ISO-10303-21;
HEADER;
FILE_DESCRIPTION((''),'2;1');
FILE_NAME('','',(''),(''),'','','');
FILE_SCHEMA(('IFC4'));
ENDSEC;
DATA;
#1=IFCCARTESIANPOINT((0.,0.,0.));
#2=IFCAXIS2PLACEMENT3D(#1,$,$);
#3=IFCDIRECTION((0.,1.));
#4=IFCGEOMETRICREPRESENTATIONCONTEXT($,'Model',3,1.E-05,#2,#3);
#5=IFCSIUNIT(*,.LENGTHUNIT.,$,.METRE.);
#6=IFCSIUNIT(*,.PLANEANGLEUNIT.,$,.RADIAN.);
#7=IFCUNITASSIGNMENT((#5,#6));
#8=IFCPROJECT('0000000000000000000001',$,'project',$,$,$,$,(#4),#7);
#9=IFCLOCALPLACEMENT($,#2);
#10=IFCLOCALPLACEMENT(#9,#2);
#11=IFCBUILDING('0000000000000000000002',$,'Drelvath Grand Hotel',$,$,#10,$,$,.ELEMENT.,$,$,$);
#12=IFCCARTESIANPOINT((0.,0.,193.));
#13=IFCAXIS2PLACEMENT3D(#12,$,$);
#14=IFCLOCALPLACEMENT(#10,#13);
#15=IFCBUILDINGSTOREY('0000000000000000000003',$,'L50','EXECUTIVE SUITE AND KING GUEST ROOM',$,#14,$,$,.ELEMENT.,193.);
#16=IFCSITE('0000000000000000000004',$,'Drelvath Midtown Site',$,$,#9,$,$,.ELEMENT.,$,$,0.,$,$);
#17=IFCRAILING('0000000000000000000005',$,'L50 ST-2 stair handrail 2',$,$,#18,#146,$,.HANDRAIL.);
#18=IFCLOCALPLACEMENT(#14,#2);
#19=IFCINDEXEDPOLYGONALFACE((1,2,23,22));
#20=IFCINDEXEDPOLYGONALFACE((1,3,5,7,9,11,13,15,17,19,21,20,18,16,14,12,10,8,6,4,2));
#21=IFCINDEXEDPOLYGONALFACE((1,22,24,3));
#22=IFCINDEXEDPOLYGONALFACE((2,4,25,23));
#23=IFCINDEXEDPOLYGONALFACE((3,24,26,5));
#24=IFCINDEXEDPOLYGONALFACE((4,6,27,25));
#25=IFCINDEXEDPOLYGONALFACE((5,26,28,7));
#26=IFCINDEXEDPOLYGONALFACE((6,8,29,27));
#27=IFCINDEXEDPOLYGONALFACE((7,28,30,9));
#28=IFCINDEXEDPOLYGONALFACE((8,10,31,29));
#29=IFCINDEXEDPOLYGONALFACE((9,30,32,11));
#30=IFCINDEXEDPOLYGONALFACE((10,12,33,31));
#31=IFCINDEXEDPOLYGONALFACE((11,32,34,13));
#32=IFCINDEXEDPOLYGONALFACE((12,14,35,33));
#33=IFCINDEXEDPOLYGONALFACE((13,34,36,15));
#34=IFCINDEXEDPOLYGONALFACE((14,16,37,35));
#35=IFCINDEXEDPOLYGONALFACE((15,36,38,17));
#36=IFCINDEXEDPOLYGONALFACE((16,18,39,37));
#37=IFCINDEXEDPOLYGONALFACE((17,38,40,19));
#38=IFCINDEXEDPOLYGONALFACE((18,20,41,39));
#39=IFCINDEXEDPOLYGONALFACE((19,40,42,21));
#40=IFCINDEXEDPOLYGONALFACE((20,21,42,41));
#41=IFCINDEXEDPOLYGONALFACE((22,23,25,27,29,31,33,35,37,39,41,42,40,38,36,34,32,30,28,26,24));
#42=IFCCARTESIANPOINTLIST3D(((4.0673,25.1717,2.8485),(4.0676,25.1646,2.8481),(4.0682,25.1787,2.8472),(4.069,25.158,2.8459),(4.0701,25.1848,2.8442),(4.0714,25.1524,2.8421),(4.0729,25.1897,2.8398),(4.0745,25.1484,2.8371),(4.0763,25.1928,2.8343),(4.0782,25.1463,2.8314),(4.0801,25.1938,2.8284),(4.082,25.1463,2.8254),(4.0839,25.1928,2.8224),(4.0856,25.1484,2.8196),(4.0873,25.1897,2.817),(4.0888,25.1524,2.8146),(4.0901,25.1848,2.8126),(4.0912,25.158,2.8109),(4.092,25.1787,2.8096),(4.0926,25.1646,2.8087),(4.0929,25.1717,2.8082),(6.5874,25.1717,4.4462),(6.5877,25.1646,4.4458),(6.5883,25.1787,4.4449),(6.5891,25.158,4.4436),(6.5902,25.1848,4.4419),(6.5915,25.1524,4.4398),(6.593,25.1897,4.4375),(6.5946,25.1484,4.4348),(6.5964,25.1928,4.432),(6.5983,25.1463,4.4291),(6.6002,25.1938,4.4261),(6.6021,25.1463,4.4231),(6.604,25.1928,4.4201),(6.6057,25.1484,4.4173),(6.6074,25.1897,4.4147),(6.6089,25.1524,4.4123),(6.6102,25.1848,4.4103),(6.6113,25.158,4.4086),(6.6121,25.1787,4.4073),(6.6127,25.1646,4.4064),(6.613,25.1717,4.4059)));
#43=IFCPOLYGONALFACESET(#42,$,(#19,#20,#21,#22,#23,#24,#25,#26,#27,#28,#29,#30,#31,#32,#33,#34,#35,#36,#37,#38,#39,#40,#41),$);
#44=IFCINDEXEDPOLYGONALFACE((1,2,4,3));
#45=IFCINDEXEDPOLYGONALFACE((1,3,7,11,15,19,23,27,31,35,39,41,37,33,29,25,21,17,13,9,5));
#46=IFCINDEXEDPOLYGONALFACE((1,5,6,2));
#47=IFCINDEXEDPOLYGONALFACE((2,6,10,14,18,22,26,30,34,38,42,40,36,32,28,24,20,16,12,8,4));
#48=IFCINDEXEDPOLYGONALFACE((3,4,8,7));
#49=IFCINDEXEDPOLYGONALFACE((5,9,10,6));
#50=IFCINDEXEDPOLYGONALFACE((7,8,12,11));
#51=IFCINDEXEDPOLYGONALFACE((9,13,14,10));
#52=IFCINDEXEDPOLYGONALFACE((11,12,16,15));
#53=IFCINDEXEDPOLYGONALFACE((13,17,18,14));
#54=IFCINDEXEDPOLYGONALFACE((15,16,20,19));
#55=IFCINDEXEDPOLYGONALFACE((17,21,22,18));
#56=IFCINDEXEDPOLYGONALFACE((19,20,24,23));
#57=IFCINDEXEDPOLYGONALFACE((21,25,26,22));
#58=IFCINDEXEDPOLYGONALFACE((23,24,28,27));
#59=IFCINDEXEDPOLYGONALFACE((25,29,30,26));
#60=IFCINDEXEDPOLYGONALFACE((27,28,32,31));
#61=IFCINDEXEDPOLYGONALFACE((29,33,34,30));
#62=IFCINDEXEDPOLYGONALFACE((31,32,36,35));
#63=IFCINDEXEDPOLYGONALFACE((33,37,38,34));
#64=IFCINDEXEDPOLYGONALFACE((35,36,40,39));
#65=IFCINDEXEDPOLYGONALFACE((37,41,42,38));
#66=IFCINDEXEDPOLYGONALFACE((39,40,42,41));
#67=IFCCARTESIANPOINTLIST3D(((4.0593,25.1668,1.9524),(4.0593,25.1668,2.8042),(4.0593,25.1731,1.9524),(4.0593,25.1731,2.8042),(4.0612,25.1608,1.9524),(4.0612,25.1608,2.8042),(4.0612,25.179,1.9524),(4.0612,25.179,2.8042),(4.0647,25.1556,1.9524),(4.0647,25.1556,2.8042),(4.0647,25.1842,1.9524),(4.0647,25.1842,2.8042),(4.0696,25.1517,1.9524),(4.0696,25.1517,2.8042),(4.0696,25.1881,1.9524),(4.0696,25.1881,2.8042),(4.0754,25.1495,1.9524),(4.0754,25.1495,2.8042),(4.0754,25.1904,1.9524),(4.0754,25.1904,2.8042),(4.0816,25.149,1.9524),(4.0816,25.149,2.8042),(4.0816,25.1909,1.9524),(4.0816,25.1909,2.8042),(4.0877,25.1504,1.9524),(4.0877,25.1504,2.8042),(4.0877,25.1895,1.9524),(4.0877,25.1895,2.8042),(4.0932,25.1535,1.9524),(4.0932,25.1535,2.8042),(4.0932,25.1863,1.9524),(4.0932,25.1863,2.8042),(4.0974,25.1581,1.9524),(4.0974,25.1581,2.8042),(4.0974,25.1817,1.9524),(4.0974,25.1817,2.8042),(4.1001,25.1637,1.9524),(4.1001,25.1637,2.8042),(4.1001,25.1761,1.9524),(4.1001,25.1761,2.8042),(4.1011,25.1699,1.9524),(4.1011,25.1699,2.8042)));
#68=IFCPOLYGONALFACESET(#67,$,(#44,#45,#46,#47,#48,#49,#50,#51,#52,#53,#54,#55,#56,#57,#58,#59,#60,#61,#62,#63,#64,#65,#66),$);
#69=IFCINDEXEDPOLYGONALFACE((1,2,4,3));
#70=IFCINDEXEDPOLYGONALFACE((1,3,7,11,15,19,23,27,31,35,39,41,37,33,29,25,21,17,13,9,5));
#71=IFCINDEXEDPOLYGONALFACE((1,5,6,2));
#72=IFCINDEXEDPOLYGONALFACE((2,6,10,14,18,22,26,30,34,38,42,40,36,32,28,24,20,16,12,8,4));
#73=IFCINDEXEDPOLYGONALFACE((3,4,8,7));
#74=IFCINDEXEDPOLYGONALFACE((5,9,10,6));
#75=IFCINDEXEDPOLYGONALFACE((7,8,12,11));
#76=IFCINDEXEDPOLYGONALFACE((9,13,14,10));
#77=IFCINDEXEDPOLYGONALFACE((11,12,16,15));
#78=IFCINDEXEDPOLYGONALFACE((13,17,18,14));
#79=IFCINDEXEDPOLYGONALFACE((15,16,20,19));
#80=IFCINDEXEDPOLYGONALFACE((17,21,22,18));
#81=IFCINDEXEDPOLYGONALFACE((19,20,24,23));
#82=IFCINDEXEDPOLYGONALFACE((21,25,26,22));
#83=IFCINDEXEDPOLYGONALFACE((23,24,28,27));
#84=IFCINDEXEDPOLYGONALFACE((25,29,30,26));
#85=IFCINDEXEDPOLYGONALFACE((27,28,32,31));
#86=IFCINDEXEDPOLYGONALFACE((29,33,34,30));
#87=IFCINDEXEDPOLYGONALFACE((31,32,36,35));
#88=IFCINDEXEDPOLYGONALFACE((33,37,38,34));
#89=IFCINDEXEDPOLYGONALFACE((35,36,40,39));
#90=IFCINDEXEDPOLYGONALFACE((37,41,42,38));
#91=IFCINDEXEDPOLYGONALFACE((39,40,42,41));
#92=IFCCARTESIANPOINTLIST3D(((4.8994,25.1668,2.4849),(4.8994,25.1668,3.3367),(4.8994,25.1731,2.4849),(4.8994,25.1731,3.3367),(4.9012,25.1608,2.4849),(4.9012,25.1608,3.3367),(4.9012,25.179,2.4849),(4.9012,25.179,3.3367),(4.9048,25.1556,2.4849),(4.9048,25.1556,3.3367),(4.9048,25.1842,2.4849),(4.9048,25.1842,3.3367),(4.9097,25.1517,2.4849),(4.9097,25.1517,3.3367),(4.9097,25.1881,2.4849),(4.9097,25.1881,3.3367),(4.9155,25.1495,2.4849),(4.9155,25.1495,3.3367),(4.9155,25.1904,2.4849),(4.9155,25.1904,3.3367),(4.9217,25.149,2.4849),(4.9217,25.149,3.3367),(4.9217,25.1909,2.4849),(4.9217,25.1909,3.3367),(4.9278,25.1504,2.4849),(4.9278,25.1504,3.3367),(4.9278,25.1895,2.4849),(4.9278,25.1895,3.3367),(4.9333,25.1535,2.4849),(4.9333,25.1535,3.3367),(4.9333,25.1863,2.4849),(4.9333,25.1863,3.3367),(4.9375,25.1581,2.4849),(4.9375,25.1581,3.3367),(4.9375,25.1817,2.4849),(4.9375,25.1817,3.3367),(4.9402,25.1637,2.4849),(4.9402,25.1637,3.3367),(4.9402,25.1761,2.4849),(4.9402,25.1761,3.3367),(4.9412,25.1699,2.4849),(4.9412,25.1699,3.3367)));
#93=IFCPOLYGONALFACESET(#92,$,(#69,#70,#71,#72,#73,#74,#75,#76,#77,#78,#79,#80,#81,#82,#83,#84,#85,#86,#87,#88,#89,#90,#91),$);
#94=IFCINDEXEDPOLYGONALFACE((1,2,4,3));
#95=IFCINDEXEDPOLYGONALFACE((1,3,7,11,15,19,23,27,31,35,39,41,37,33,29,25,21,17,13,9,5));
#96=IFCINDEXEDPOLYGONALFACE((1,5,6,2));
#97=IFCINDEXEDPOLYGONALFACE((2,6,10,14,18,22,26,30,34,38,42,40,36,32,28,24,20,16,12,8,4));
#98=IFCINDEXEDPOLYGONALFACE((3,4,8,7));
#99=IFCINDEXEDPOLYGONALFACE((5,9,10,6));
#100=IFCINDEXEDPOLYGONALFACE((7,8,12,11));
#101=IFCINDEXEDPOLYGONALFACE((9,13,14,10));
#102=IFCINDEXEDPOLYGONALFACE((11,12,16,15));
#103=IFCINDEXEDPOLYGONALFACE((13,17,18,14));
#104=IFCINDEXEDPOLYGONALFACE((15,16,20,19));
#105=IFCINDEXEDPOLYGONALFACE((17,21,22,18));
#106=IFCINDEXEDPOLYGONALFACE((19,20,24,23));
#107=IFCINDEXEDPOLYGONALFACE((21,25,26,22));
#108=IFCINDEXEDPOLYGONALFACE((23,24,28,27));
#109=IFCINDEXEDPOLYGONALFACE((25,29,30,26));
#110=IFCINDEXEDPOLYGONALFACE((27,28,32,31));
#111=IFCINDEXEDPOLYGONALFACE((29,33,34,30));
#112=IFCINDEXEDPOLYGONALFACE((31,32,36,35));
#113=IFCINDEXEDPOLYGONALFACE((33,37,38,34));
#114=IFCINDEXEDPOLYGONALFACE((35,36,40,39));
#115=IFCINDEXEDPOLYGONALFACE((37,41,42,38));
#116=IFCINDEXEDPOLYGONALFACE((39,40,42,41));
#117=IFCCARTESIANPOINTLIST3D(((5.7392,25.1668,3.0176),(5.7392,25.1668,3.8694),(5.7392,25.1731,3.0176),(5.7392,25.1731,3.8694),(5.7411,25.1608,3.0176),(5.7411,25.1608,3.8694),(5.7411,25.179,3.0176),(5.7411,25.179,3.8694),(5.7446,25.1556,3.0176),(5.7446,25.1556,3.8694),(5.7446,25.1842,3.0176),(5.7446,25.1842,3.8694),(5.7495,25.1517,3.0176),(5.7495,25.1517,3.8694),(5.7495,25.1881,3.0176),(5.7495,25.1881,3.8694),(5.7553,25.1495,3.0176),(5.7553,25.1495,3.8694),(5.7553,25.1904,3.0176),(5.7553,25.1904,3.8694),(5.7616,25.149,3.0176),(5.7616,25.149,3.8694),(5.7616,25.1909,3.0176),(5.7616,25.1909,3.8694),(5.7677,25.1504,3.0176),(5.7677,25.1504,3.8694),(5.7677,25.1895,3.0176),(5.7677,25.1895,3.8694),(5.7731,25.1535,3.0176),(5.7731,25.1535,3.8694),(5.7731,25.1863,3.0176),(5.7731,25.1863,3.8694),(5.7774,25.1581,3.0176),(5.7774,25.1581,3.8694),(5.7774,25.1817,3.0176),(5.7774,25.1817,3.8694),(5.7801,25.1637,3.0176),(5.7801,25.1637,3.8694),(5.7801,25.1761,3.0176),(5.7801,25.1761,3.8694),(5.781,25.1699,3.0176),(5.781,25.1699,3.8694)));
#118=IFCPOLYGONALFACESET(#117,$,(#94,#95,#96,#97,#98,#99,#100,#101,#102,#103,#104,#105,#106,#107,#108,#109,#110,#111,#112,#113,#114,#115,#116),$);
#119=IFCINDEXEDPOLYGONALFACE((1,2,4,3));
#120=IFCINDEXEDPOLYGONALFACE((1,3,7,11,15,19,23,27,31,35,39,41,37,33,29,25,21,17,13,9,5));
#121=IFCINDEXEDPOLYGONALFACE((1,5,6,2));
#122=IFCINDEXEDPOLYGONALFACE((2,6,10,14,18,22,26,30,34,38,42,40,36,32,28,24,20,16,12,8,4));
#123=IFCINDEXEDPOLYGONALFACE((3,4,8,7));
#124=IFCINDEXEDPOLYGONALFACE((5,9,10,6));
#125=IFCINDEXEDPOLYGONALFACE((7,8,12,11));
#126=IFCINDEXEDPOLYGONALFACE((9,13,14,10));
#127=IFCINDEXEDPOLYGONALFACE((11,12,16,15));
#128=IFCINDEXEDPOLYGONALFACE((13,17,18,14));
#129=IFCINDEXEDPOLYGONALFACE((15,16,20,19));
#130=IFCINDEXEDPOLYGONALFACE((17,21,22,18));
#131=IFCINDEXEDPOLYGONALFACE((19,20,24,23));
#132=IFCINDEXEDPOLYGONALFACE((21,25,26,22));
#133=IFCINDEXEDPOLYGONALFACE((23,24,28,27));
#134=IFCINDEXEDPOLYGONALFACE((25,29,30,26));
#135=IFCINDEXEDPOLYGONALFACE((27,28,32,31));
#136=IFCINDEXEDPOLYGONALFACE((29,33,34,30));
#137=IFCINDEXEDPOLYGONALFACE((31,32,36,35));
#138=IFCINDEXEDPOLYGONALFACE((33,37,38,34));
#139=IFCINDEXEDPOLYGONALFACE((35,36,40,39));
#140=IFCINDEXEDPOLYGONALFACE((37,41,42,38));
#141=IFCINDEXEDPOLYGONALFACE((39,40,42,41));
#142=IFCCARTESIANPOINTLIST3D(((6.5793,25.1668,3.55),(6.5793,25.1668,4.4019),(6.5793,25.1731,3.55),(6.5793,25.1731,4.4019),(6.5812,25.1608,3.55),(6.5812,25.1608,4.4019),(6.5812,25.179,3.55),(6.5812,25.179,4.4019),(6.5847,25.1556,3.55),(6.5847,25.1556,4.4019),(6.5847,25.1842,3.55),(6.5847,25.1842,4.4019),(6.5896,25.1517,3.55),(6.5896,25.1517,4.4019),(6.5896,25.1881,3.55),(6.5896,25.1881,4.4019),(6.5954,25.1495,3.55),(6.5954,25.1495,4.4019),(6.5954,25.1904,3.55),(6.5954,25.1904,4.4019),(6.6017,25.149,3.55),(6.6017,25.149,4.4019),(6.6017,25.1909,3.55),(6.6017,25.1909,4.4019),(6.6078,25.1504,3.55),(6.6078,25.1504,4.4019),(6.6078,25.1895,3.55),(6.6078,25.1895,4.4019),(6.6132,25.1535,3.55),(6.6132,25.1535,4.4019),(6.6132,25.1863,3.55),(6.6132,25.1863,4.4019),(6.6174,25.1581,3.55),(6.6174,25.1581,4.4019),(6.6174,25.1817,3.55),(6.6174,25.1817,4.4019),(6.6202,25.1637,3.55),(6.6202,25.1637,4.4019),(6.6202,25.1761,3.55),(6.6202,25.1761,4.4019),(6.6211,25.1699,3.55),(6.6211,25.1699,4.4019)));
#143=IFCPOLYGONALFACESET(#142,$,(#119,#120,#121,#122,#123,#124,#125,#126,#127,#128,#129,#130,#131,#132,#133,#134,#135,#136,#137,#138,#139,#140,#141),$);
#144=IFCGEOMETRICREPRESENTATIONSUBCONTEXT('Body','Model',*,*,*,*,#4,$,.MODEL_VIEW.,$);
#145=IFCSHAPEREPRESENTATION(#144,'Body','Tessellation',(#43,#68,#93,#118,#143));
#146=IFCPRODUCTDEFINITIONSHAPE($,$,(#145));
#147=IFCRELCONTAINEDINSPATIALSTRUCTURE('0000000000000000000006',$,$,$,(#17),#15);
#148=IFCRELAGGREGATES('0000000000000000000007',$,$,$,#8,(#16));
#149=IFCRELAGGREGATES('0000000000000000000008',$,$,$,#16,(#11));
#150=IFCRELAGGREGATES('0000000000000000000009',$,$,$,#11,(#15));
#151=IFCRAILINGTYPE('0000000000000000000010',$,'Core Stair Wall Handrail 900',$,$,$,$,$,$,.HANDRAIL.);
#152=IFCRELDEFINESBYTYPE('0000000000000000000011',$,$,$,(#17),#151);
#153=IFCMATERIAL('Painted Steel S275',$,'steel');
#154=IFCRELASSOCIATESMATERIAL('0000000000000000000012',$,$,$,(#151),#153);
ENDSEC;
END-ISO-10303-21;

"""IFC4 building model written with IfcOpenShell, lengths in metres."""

from ifc_helpers import new_model, si_unit, direction, frame, origin, origin_2d, place, context, subcontext, project, spatial, circle, extrude, material, type_object, element, save


model = new_model("IFC4")

# Units and contexts
model_context = context("Model", 3, precision=1e-05, world=origin(), true_north=direction((0.0, 1.0)))
body_context = subcontext(model_context, "Body", "Model", "MODEL_VIEW")
ifc_project = project(units=[si_unit("LENGTHUNIT", "METRE"), si_unit("PLANEANGLEUNIT", "RADIAN")], contexts=[model_context])

# Site, building, storey
site_placement = place(None, origin())
site = spatial("IfcSite", under=ifc_project, at=site_placement, Name="Drelvath Midtown Site", CompositionType="ELEMENT", RefElevation=0.0)
building_placement = place(site_placement, origin())
building = spatial("IfcBuilding", under=site, at=building_placement, Name="Drelvath Grand Hotel", CompositionType="ELEMENT")
storey_placement = place(building_placement, frame((0.0, 0.0, 193.0)))
storey = spatial("IfcBuildingStorey", under=building, at=storey_placement, Name="L50", Description="EXECUTIVE SUITE AND KING GUEST ROOM", CompositionType="ELEMENT", Elevation=193.0)

# Railing
ifc_material_1 = material(Name="Painted Steel S275", Category="steel")
railing_type_1 = type_object("IfcRailingType", Name="Core Stair Wall Handrail 900", PredefinedType="HANDRAIL", material=ifc_material_1)
railing_1_placement = place(storey_placement, frame((4.0801, 25.1699, 1.9524)))
element("IfcRailing", 1, at=railing_1_placement, inside=storey, type_object=railing_type_1, Name="L50 ST-2 stair handrail 2", PredefinedType="HANDRAIL", context=body_context, shape_type="SweptSolid", body=[
    extrude(circle(Radius=0.0239, at=origin_2d()), frame((0.0, 0.0, 0.876), z_axis=(0.84457, 0.0, 0.535445), x_axis=(0.0, 1.0, 0.0)), (0.0, 0.0, 1.0), 2.9839),
    extrude(circle(Radius=0.021, at=origin_2d()), origin(), (0.0, 0.0, 1.0), 0.8518),
    extrude(circle(Radius=0.021, at=origin_2d()), frame((0.8401, 0.0, 0.5325)), (0.0, 0.0, 1.0), 0.8518),
    extrude(circle(Radius=0.021, at=origin_2d()), frame((1.6799, 0.0, 1.0652)), (0.0, 0.0, 1.0), 0.8518),
    extrude(circle(Radius=0.021, at=origin_2d()), frame((2.52, 0.0, 1.5977)), (0.0, 0.0, 1.0), 0.8518),
])

save(model, "model.ifc")
